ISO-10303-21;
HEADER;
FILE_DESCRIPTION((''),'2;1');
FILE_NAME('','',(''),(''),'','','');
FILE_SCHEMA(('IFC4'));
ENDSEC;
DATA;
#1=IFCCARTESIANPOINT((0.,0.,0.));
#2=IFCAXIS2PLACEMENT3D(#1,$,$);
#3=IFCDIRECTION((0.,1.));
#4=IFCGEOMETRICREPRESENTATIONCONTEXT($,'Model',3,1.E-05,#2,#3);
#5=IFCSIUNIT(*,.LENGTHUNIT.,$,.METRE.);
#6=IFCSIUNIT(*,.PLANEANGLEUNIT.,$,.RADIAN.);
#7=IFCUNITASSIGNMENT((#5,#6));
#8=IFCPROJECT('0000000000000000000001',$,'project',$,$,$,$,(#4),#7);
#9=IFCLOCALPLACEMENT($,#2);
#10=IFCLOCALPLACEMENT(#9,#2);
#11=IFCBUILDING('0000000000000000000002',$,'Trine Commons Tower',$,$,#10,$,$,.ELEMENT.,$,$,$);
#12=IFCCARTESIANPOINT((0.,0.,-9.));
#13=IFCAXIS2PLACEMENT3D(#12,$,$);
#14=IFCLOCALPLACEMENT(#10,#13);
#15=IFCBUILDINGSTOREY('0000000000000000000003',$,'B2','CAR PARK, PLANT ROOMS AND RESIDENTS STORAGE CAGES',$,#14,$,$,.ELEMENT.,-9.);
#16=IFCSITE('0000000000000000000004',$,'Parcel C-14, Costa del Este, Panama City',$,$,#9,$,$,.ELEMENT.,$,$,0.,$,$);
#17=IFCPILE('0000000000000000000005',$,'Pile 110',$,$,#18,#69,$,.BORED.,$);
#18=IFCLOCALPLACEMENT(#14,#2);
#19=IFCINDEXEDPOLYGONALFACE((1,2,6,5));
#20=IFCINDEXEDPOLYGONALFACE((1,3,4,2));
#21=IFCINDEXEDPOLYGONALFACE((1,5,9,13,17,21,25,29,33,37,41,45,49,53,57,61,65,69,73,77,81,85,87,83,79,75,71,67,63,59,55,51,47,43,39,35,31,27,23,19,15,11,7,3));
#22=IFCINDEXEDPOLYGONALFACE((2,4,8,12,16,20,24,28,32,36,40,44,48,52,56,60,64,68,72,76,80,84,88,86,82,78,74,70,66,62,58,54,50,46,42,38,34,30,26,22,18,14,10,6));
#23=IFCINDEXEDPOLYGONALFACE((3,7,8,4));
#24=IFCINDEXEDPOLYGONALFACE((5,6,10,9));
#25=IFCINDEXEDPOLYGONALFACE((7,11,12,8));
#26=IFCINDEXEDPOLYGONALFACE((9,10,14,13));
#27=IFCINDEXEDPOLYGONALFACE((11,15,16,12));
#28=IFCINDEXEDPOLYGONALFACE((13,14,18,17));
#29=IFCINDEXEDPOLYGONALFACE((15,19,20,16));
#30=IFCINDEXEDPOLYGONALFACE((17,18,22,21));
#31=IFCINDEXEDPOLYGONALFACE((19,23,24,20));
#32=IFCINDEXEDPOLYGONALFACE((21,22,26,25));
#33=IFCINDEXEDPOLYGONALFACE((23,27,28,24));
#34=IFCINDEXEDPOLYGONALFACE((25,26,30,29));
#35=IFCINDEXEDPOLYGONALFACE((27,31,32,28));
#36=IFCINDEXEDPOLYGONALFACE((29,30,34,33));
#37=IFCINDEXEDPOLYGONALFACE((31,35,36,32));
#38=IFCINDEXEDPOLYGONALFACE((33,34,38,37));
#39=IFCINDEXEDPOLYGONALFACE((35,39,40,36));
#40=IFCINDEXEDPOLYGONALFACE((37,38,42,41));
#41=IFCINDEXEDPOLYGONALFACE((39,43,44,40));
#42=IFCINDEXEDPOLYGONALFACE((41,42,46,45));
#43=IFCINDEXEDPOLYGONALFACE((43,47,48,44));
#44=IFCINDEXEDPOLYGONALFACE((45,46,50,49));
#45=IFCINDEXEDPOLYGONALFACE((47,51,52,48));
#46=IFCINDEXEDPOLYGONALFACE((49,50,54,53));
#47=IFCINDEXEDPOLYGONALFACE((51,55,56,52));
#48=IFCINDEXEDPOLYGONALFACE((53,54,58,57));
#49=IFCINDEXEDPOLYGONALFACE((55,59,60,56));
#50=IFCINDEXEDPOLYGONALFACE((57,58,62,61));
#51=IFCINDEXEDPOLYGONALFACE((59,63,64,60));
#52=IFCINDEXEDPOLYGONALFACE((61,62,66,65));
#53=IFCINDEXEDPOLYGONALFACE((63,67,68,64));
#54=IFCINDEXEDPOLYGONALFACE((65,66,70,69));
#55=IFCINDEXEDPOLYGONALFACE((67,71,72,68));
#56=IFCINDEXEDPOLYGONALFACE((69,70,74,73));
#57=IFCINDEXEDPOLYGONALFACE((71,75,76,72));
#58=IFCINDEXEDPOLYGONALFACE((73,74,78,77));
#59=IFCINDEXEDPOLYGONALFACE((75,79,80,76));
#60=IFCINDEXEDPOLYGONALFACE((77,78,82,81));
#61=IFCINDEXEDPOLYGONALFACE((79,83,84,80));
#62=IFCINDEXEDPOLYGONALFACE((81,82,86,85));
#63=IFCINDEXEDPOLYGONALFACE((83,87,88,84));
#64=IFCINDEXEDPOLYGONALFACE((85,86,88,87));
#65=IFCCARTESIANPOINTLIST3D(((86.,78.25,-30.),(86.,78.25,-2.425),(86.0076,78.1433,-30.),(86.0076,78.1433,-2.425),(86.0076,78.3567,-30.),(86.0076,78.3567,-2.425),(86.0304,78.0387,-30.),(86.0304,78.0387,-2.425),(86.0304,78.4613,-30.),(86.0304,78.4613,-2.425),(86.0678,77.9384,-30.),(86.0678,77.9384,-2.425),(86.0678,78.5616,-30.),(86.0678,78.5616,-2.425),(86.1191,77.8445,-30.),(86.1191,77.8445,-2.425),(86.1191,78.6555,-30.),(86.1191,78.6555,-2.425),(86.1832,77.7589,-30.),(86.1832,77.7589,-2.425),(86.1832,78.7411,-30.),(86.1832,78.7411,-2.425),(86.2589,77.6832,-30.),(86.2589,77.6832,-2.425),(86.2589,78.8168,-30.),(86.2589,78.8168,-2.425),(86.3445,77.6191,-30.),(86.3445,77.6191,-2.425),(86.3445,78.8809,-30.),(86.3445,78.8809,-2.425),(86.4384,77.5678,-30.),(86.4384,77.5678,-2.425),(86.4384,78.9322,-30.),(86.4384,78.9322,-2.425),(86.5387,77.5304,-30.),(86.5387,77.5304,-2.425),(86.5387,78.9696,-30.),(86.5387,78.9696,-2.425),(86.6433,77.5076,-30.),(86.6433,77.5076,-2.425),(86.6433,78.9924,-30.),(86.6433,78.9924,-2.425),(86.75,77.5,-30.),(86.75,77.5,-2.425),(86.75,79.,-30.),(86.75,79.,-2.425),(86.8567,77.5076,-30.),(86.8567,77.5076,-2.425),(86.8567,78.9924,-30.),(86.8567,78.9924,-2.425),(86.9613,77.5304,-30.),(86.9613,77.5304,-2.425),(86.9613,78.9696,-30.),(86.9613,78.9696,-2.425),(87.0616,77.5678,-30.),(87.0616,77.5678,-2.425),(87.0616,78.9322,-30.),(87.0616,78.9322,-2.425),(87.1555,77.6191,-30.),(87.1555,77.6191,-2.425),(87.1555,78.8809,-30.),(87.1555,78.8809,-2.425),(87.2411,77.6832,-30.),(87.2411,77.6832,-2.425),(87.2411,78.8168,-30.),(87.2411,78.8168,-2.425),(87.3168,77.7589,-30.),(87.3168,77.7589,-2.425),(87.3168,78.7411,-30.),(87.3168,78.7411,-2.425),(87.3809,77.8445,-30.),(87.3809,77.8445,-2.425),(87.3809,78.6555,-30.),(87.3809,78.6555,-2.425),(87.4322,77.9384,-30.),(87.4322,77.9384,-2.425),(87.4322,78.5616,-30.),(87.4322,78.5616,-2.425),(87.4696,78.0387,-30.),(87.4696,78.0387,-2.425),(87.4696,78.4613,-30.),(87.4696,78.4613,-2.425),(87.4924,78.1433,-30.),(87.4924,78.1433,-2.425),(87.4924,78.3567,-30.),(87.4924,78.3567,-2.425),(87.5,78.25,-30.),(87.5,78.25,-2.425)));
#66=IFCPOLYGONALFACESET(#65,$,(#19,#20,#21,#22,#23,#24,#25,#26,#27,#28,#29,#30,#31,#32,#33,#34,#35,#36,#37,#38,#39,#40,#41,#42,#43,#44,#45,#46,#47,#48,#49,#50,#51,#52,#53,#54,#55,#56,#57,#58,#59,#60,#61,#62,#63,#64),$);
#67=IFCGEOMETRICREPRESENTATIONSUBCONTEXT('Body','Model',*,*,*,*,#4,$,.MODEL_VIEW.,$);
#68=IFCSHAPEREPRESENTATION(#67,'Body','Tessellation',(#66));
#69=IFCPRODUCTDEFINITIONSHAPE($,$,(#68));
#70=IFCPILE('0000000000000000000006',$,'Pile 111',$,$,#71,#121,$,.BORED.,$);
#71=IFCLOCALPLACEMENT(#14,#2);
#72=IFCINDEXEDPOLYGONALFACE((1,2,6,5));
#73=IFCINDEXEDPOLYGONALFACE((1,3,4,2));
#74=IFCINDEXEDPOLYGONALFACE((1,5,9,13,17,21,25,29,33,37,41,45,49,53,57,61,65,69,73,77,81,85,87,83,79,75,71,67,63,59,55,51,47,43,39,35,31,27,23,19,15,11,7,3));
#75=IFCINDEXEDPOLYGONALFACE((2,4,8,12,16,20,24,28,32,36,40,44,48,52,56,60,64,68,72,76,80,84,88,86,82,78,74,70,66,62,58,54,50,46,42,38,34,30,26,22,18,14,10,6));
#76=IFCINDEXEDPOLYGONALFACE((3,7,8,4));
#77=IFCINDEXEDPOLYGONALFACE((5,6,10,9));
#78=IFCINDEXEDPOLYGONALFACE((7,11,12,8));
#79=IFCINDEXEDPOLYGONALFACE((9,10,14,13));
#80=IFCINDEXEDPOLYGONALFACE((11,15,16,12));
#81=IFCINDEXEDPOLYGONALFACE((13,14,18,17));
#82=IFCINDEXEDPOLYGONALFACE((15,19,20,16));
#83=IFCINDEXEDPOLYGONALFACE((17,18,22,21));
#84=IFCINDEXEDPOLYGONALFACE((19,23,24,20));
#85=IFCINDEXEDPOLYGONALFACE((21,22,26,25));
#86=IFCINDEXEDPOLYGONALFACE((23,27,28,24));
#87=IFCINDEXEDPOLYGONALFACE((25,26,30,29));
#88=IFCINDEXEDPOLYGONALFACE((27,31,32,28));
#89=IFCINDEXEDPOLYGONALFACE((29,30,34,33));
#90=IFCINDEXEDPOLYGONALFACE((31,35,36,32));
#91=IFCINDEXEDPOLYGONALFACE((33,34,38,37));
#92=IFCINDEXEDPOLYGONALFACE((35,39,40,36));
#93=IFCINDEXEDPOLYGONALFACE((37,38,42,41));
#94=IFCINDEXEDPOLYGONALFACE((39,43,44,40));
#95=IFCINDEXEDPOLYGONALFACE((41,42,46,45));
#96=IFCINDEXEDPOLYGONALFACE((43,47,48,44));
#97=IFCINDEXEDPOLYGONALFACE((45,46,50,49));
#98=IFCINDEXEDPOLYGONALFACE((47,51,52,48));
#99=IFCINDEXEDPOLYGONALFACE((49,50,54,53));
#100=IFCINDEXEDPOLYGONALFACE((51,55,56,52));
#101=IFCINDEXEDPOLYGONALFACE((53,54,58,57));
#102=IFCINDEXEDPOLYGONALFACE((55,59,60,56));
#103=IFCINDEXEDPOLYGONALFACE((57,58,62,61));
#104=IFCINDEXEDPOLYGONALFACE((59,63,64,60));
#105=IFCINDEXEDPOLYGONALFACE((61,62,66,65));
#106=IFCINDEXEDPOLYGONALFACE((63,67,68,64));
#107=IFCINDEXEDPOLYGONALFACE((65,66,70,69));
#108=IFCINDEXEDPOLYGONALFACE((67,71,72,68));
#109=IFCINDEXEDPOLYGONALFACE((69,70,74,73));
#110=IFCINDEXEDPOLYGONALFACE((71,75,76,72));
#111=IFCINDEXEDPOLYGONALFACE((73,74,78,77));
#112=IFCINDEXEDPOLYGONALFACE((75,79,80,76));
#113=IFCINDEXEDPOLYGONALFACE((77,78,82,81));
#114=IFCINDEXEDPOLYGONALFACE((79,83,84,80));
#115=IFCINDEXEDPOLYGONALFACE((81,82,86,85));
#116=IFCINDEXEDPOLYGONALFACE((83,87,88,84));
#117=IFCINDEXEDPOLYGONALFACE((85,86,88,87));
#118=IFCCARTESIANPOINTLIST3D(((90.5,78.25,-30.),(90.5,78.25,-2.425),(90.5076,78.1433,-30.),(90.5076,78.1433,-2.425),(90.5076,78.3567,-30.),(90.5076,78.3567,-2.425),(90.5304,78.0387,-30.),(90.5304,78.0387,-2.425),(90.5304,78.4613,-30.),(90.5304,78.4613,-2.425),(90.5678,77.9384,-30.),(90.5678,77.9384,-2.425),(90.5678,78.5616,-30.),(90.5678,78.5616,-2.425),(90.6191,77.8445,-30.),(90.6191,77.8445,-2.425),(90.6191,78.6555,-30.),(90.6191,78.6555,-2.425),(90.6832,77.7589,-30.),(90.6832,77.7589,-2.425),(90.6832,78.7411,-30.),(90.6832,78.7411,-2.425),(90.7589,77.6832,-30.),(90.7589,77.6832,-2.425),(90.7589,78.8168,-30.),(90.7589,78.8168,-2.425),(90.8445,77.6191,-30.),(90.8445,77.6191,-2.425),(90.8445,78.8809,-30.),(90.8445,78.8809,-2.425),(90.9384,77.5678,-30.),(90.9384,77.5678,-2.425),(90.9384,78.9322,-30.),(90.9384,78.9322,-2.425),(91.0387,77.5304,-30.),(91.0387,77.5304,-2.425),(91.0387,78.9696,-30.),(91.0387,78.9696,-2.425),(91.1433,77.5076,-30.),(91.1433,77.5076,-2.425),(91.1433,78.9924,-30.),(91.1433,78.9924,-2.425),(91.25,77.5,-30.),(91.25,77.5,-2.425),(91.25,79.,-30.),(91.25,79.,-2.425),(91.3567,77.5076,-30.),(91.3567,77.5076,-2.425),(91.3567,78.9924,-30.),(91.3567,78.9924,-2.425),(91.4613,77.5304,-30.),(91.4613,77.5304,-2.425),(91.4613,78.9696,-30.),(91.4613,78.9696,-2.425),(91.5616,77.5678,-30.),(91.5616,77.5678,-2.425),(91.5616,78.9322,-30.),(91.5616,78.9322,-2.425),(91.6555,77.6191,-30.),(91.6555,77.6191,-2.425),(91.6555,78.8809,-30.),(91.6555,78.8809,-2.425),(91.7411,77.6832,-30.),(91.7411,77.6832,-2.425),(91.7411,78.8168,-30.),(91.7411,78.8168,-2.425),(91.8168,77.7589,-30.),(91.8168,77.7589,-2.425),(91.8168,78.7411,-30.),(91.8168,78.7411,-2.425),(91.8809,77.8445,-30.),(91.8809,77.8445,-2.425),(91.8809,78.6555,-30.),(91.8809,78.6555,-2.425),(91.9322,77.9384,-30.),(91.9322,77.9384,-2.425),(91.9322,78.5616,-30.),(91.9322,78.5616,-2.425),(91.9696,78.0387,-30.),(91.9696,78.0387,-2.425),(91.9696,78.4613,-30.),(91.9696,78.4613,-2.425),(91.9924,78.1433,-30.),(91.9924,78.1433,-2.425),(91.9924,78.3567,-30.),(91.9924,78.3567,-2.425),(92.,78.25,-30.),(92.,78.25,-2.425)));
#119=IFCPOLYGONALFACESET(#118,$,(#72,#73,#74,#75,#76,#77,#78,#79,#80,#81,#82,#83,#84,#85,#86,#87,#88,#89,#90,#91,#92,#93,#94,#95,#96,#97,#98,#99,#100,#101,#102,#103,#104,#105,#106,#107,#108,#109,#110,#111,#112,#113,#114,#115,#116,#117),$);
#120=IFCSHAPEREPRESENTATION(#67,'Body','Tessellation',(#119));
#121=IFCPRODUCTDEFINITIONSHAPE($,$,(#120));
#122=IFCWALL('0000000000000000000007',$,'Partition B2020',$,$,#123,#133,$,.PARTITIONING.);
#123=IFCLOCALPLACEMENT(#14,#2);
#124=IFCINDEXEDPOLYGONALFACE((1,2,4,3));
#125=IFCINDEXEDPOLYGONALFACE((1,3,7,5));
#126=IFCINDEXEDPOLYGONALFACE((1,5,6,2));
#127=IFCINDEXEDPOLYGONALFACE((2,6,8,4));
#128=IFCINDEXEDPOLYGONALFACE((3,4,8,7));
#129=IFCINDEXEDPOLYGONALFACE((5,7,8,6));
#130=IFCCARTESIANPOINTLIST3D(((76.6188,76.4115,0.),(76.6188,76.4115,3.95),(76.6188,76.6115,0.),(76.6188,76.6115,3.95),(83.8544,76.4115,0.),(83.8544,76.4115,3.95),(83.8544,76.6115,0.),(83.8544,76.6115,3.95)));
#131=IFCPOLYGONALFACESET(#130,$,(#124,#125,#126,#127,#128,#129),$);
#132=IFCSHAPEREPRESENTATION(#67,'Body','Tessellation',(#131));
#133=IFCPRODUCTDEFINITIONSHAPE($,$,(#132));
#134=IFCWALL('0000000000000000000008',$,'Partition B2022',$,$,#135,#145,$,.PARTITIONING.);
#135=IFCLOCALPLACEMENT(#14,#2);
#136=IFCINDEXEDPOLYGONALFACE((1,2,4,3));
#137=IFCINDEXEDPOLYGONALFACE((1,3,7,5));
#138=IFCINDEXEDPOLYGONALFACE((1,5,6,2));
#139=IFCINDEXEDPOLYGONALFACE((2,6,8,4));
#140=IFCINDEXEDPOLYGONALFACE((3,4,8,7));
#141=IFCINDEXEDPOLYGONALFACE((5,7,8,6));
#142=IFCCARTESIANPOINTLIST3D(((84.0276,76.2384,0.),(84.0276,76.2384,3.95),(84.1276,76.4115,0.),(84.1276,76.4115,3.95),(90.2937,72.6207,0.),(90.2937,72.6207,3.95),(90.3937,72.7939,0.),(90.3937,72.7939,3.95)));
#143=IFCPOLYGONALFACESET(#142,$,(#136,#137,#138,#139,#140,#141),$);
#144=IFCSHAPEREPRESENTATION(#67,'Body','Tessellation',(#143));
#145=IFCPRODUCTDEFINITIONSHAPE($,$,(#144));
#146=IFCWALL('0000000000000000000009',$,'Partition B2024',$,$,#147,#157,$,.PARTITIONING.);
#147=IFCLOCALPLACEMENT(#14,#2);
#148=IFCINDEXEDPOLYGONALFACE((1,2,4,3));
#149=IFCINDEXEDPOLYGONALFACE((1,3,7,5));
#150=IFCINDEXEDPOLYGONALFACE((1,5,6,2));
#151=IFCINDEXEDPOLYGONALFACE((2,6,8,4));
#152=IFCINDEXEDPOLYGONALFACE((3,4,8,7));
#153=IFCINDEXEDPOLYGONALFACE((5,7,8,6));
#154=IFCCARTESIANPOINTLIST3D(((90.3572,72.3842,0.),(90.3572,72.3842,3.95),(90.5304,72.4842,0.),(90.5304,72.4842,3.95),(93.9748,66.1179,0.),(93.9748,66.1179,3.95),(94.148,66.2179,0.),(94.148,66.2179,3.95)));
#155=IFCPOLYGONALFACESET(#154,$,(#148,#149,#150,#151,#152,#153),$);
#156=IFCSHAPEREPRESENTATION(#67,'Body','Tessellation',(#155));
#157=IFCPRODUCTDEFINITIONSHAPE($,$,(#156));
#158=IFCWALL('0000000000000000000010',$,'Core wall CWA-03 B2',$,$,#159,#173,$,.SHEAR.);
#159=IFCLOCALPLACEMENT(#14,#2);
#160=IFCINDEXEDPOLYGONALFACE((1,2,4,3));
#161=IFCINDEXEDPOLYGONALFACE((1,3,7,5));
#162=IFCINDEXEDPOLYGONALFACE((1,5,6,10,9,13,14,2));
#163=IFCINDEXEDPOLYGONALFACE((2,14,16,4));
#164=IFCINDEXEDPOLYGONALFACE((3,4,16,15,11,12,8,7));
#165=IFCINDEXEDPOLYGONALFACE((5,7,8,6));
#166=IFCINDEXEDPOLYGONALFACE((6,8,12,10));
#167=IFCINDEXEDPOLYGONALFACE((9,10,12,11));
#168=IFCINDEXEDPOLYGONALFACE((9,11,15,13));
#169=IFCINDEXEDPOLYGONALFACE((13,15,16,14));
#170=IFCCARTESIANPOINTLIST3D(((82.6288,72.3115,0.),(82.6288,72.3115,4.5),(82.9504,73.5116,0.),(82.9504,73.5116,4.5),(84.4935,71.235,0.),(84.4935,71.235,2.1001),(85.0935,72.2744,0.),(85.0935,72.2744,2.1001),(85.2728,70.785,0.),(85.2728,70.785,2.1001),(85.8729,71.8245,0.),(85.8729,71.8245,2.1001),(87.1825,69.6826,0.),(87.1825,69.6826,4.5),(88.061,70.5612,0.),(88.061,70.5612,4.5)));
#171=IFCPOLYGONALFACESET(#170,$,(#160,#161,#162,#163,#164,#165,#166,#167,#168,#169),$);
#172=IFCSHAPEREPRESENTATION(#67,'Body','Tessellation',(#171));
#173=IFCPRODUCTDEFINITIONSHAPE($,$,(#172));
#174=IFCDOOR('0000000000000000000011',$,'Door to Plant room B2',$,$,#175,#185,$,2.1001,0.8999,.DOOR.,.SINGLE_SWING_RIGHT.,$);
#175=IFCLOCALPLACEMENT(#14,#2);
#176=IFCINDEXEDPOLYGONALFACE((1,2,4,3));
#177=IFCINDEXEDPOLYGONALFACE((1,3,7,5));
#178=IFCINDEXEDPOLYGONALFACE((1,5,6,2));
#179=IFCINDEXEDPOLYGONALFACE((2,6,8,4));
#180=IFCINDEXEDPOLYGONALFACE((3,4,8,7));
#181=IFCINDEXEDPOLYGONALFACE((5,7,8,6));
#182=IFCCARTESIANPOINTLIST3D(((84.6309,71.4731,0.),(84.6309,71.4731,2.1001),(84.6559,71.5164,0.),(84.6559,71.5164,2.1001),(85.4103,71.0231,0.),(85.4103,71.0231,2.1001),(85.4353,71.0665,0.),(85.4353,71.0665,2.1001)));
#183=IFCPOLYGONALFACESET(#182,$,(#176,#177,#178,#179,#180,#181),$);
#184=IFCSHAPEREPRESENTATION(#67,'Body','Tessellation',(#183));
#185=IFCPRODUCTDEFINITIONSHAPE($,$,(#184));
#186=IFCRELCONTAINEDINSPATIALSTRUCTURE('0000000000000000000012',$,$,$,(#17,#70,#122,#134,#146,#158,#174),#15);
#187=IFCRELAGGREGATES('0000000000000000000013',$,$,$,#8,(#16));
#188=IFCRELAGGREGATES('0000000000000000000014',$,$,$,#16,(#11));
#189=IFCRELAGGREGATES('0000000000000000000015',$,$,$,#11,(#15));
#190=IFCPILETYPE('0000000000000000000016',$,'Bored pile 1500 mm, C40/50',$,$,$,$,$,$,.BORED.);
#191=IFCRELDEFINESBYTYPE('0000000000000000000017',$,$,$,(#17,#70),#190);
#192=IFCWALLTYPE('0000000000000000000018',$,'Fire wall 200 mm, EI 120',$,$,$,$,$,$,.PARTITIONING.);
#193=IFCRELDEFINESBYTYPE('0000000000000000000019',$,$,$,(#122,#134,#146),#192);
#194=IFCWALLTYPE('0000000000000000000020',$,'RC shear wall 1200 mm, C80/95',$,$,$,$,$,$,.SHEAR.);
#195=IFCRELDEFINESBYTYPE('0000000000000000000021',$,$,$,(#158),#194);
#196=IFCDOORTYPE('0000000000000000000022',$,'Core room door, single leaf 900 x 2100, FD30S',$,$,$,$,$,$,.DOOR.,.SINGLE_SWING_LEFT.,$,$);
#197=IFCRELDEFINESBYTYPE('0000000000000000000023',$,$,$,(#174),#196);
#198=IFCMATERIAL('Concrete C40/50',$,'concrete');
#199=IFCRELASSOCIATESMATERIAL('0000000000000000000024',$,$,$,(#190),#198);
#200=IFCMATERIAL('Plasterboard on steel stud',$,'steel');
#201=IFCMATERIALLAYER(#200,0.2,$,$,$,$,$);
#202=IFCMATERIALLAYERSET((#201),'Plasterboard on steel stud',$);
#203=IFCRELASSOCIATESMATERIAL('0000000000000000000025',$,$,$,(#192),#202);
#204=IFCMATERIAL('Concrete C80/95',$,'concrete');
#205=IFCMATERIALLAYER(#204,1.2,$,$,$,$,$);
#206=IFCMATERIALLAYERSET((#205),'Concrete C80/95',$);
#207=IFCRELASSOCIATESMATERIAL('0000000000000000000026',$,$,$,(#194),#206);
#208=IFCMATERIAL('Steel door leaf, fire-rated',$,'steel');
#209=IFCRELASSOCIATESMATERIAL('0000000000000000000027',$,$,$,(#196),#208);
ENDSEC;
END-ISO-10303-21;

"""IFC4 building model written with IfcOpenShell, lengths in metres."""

from ifc_helpers import new_model, si_unit, direction, frame, frame_2d, origin, origin_2d, place, context, subcontext, project, spatial, polyline, rectangle, circle, outline, extrude, material, layer, layer_set, type_object, element, fill, save


model = new_model("IFC4")

# Units and contexts
model_context = context("Model", 3, precision=1e-05, world=origin(), true_north=direction((0.0, 1.0)))
body_context = subcontext(model_context, "Body", "Model", "MODEL_VIEW")
ifc_project = project(units=[si_unit("LENGTHUNIT", "METRE"), si_unit("PLANEANGLEUNIT", "RADIAN")], contexts=[model_context])

# Site, building, storey
site_placement = place(None, origin())
site = spatial("IfcSite", under=ifc_project, at=site_placement, Name="Parcel C-14, Costa del Este, Panama City", CompositionType="ELEMENT", RefElevation=0.0)
building_placement = place(site_placement, origin())
building = spatial("IfcBuilding", under=site, at=building_placement, Name="Trine Commons Tower", CompositionType="ELEMENT")
storey_placement = place(building_placement, frame((0.0, 0.0, -9.0)))
storey = spatial("IfcBuildingStorey", under=building, at=storey_placement, Name="B2", Description="CAR PARK, PLANT ROOMS AND RESIDENTS STORAGE CAGES", CompositionType="ELEMENT", Elevation=-9.0)

# Piles
ifc_material_1 = material(Name="Concrete C40/50", Category="concrete")
pile_type = type_object("IfcPileType", Name="Bored pile 1500 mm, C40/50", PredefinedType="BORED", material=ifc_material_1)
for number, where, z_axis, x_axis, name in (
    (1, (86.75, 78.25, -2.425), (0.0, 0.0, -1.0), (1.0, 0.0, 0.0), "Pile 110"),
    (2, (91.25, 78.25, -2.425), (0.0, 0.0, -1.0), (1.0, 0.0, 0.0), "Pile 111"),
):
    element("IfcPile", number, at=place(storey_placement, frame(where, z_axis=z_axis, x_axis=x_axis)), inside=storey, type_object=pile_type, Name=name, PredefinedType="BORED", context=body_context, shape_type="SweptSolid", body=[
        extrude(circle(Radius=0.75, at=origin_2d()), origin(), (0.0, 0.0, 1.0), 27.575),
    ])

# Walls
ifc_material_2 = material(Name="Plasterboard on steel stud", Category="steel")
ifc_layer_1 = layer(ifc_material_2, 0.2)
ifc_layer_set_1 = layer_set([ifc_layer_1], Name="Plasterboard on steel stud")
wall_type_1 = type_object("IfcWallType", Name="Fire wall 200 mm, EI 120", PredefinedType="PARTITIONING", material=ifc_layer_set_1)
wall_1_placement = place(storey_placement, frame((76.6189, 76.5115, 0.0), z_axis=(0.0, 0.0, 1.0), x_axis=(1.0, 0.0, 0.0)))
element("IfcWall", 3, at=wall_1_placement, inside=storey, type_object=wall_type_1, Name="Partition B2020", PredefinedType="PARTITIONING", context=body_context, shape_type="SweptSolid", body=[
    extrude(rectangle(XDim=7.2356, YDim=0.2, at=frame_2d((3.6177, 0.0))), origin(), (0.0, 0.0, 1.0), 3.95),
])
wall_2_placement = place(storey_placement, frame((84.0776, 76.325, 0.0), z_axis=(0.0, 0.0, 1.0), x_axis=(0.866029, -0.499993, 0.0)))
element("IfcWall", 4, at=wall_2_placement, inside=storey, type_object=wall_type_1, Name="Partition B2022", PredefinedType="PARTITIONING", context=body_context, shape_type="SweptSolid", body=[
    extrude(rectangle(XDim=7.2354, YDim=0.2, at=frame_2d((3.6177, 0.0))), origin(), (0.0, 0.0, 1.0), 3.95),
])
wall_3_placement = place(storey_placement, frame((90.4438, 72.4341, 0.0), z_axis=(0.0, 0.0, 1.0), x_axis=(0.499979, -0.866038, 0.0)))
element("IfcWall", 5, at=wall_3_placement, inside=storey, type_object=wall_type_1, Name="Partition B2024", PredefinedType="PARTITIONING", context=body_context, shape_type="SweptSolid", body=[
    extrude(rectangle(XDim=7.2356, YDim=0.2, at=frame_2d((3.6177, 0.0))), origin(), (0.0, 0.0, 1.0), 3.95),
])

# Wall, opening, door
ifc_material_3 = material(Name="Concrete C80/95", Category="concrete")
ifc_layer_2 = layer(ifc_material_3, 1.2)
ifc_layer_set_2 = layer_set([ifc_layer_2], Name="Concrete C80/95")
wall_type_2 = type_object("IfcWallType", Name="RC shear wall 1200 mm, C80/95", PredefinedType="SHEAR", material=ifc_layer_set_2)
wall_4_placement = place(storey_placement, frame((87.761, 70.0415, 0.0), z_axis=(0.0, 0.0, 1.0), x_axis=(-0.866037, 0.499979, 0.0)))
wall_4 = element("IfcWall", 6, at=wall_4_placement, inside=storey, type_object=wall_type_2, Name="Core wall CWA-03 B2", PredefinedType="SHEAR", context=body_context, shape_type="SweptSolid", body=[
    extrude(outline(polyline([(0.0, -0.6001), (5.9011, -0.6001), (5.5796, 0.6001), (0.3215, 0.6001), (0.0, -0.6001)])), origin(), (0.0, 0.0, 1.0), 4.5),
])
opening_1_placement = place(wall_4_placement, frame((2.5266, 0.0, 0.0)))
opening_1 = element("IfcOpeningElement", 7, at=opening_1_placement, cuts=wall_4, PredefinedType="OPENING", context=body_context, shape_type="SweptSolid", body=[
    extrude(rectangle(XDim=0.8999, YDim=2.1001, at=frame_2d((0.45, 1.05))), frame((0.0, 0.6099, 0.0), z_axis=(0.0, -1.0, 0.0), x_axis=(1.0, 0.0, 0.0)), (0.0, 0.0, 1.0), 1.22),
])
ifc_material_4 = material(Name="Steel door leaf, fire-rated", Category="steel")
door_type_1 = type_object("IfcDoorType", Name="Core room door, single leaf 900 x 2100, FD30S", OperationType="SINGLE_SWING_LEFT", PredefinedType="DOOR", material=ifc_material_4)
door_1_placement = place(opening_1_placement, origin())
door_1 = element("IfcDoor", 8, at=door_1_placement, inside=storey, type_object=door_type_1, Name="Door to Plant room B2", OperationType="SINGLE_SWING_RIGHT", OverallHeight=2.1001, OverallWidth=0.8999, PredefinedType="DOOR", context=body_context, shape_type="SweptSolid", body=[
    extrude(rectangle(XDim=0.8999, YDim=2.1001, at=frame_2d((0.45, 1.05))), frame((0.0, 0.3252, 0.0), z_axis=(0.0, -1.0, 0.0), x_axis=(1.0, 0.0, 0.0)), (0.0, 0.0, 1.0), 0.05),
])
fill(opening_1, door_1)

save(model, "model.ifc")
